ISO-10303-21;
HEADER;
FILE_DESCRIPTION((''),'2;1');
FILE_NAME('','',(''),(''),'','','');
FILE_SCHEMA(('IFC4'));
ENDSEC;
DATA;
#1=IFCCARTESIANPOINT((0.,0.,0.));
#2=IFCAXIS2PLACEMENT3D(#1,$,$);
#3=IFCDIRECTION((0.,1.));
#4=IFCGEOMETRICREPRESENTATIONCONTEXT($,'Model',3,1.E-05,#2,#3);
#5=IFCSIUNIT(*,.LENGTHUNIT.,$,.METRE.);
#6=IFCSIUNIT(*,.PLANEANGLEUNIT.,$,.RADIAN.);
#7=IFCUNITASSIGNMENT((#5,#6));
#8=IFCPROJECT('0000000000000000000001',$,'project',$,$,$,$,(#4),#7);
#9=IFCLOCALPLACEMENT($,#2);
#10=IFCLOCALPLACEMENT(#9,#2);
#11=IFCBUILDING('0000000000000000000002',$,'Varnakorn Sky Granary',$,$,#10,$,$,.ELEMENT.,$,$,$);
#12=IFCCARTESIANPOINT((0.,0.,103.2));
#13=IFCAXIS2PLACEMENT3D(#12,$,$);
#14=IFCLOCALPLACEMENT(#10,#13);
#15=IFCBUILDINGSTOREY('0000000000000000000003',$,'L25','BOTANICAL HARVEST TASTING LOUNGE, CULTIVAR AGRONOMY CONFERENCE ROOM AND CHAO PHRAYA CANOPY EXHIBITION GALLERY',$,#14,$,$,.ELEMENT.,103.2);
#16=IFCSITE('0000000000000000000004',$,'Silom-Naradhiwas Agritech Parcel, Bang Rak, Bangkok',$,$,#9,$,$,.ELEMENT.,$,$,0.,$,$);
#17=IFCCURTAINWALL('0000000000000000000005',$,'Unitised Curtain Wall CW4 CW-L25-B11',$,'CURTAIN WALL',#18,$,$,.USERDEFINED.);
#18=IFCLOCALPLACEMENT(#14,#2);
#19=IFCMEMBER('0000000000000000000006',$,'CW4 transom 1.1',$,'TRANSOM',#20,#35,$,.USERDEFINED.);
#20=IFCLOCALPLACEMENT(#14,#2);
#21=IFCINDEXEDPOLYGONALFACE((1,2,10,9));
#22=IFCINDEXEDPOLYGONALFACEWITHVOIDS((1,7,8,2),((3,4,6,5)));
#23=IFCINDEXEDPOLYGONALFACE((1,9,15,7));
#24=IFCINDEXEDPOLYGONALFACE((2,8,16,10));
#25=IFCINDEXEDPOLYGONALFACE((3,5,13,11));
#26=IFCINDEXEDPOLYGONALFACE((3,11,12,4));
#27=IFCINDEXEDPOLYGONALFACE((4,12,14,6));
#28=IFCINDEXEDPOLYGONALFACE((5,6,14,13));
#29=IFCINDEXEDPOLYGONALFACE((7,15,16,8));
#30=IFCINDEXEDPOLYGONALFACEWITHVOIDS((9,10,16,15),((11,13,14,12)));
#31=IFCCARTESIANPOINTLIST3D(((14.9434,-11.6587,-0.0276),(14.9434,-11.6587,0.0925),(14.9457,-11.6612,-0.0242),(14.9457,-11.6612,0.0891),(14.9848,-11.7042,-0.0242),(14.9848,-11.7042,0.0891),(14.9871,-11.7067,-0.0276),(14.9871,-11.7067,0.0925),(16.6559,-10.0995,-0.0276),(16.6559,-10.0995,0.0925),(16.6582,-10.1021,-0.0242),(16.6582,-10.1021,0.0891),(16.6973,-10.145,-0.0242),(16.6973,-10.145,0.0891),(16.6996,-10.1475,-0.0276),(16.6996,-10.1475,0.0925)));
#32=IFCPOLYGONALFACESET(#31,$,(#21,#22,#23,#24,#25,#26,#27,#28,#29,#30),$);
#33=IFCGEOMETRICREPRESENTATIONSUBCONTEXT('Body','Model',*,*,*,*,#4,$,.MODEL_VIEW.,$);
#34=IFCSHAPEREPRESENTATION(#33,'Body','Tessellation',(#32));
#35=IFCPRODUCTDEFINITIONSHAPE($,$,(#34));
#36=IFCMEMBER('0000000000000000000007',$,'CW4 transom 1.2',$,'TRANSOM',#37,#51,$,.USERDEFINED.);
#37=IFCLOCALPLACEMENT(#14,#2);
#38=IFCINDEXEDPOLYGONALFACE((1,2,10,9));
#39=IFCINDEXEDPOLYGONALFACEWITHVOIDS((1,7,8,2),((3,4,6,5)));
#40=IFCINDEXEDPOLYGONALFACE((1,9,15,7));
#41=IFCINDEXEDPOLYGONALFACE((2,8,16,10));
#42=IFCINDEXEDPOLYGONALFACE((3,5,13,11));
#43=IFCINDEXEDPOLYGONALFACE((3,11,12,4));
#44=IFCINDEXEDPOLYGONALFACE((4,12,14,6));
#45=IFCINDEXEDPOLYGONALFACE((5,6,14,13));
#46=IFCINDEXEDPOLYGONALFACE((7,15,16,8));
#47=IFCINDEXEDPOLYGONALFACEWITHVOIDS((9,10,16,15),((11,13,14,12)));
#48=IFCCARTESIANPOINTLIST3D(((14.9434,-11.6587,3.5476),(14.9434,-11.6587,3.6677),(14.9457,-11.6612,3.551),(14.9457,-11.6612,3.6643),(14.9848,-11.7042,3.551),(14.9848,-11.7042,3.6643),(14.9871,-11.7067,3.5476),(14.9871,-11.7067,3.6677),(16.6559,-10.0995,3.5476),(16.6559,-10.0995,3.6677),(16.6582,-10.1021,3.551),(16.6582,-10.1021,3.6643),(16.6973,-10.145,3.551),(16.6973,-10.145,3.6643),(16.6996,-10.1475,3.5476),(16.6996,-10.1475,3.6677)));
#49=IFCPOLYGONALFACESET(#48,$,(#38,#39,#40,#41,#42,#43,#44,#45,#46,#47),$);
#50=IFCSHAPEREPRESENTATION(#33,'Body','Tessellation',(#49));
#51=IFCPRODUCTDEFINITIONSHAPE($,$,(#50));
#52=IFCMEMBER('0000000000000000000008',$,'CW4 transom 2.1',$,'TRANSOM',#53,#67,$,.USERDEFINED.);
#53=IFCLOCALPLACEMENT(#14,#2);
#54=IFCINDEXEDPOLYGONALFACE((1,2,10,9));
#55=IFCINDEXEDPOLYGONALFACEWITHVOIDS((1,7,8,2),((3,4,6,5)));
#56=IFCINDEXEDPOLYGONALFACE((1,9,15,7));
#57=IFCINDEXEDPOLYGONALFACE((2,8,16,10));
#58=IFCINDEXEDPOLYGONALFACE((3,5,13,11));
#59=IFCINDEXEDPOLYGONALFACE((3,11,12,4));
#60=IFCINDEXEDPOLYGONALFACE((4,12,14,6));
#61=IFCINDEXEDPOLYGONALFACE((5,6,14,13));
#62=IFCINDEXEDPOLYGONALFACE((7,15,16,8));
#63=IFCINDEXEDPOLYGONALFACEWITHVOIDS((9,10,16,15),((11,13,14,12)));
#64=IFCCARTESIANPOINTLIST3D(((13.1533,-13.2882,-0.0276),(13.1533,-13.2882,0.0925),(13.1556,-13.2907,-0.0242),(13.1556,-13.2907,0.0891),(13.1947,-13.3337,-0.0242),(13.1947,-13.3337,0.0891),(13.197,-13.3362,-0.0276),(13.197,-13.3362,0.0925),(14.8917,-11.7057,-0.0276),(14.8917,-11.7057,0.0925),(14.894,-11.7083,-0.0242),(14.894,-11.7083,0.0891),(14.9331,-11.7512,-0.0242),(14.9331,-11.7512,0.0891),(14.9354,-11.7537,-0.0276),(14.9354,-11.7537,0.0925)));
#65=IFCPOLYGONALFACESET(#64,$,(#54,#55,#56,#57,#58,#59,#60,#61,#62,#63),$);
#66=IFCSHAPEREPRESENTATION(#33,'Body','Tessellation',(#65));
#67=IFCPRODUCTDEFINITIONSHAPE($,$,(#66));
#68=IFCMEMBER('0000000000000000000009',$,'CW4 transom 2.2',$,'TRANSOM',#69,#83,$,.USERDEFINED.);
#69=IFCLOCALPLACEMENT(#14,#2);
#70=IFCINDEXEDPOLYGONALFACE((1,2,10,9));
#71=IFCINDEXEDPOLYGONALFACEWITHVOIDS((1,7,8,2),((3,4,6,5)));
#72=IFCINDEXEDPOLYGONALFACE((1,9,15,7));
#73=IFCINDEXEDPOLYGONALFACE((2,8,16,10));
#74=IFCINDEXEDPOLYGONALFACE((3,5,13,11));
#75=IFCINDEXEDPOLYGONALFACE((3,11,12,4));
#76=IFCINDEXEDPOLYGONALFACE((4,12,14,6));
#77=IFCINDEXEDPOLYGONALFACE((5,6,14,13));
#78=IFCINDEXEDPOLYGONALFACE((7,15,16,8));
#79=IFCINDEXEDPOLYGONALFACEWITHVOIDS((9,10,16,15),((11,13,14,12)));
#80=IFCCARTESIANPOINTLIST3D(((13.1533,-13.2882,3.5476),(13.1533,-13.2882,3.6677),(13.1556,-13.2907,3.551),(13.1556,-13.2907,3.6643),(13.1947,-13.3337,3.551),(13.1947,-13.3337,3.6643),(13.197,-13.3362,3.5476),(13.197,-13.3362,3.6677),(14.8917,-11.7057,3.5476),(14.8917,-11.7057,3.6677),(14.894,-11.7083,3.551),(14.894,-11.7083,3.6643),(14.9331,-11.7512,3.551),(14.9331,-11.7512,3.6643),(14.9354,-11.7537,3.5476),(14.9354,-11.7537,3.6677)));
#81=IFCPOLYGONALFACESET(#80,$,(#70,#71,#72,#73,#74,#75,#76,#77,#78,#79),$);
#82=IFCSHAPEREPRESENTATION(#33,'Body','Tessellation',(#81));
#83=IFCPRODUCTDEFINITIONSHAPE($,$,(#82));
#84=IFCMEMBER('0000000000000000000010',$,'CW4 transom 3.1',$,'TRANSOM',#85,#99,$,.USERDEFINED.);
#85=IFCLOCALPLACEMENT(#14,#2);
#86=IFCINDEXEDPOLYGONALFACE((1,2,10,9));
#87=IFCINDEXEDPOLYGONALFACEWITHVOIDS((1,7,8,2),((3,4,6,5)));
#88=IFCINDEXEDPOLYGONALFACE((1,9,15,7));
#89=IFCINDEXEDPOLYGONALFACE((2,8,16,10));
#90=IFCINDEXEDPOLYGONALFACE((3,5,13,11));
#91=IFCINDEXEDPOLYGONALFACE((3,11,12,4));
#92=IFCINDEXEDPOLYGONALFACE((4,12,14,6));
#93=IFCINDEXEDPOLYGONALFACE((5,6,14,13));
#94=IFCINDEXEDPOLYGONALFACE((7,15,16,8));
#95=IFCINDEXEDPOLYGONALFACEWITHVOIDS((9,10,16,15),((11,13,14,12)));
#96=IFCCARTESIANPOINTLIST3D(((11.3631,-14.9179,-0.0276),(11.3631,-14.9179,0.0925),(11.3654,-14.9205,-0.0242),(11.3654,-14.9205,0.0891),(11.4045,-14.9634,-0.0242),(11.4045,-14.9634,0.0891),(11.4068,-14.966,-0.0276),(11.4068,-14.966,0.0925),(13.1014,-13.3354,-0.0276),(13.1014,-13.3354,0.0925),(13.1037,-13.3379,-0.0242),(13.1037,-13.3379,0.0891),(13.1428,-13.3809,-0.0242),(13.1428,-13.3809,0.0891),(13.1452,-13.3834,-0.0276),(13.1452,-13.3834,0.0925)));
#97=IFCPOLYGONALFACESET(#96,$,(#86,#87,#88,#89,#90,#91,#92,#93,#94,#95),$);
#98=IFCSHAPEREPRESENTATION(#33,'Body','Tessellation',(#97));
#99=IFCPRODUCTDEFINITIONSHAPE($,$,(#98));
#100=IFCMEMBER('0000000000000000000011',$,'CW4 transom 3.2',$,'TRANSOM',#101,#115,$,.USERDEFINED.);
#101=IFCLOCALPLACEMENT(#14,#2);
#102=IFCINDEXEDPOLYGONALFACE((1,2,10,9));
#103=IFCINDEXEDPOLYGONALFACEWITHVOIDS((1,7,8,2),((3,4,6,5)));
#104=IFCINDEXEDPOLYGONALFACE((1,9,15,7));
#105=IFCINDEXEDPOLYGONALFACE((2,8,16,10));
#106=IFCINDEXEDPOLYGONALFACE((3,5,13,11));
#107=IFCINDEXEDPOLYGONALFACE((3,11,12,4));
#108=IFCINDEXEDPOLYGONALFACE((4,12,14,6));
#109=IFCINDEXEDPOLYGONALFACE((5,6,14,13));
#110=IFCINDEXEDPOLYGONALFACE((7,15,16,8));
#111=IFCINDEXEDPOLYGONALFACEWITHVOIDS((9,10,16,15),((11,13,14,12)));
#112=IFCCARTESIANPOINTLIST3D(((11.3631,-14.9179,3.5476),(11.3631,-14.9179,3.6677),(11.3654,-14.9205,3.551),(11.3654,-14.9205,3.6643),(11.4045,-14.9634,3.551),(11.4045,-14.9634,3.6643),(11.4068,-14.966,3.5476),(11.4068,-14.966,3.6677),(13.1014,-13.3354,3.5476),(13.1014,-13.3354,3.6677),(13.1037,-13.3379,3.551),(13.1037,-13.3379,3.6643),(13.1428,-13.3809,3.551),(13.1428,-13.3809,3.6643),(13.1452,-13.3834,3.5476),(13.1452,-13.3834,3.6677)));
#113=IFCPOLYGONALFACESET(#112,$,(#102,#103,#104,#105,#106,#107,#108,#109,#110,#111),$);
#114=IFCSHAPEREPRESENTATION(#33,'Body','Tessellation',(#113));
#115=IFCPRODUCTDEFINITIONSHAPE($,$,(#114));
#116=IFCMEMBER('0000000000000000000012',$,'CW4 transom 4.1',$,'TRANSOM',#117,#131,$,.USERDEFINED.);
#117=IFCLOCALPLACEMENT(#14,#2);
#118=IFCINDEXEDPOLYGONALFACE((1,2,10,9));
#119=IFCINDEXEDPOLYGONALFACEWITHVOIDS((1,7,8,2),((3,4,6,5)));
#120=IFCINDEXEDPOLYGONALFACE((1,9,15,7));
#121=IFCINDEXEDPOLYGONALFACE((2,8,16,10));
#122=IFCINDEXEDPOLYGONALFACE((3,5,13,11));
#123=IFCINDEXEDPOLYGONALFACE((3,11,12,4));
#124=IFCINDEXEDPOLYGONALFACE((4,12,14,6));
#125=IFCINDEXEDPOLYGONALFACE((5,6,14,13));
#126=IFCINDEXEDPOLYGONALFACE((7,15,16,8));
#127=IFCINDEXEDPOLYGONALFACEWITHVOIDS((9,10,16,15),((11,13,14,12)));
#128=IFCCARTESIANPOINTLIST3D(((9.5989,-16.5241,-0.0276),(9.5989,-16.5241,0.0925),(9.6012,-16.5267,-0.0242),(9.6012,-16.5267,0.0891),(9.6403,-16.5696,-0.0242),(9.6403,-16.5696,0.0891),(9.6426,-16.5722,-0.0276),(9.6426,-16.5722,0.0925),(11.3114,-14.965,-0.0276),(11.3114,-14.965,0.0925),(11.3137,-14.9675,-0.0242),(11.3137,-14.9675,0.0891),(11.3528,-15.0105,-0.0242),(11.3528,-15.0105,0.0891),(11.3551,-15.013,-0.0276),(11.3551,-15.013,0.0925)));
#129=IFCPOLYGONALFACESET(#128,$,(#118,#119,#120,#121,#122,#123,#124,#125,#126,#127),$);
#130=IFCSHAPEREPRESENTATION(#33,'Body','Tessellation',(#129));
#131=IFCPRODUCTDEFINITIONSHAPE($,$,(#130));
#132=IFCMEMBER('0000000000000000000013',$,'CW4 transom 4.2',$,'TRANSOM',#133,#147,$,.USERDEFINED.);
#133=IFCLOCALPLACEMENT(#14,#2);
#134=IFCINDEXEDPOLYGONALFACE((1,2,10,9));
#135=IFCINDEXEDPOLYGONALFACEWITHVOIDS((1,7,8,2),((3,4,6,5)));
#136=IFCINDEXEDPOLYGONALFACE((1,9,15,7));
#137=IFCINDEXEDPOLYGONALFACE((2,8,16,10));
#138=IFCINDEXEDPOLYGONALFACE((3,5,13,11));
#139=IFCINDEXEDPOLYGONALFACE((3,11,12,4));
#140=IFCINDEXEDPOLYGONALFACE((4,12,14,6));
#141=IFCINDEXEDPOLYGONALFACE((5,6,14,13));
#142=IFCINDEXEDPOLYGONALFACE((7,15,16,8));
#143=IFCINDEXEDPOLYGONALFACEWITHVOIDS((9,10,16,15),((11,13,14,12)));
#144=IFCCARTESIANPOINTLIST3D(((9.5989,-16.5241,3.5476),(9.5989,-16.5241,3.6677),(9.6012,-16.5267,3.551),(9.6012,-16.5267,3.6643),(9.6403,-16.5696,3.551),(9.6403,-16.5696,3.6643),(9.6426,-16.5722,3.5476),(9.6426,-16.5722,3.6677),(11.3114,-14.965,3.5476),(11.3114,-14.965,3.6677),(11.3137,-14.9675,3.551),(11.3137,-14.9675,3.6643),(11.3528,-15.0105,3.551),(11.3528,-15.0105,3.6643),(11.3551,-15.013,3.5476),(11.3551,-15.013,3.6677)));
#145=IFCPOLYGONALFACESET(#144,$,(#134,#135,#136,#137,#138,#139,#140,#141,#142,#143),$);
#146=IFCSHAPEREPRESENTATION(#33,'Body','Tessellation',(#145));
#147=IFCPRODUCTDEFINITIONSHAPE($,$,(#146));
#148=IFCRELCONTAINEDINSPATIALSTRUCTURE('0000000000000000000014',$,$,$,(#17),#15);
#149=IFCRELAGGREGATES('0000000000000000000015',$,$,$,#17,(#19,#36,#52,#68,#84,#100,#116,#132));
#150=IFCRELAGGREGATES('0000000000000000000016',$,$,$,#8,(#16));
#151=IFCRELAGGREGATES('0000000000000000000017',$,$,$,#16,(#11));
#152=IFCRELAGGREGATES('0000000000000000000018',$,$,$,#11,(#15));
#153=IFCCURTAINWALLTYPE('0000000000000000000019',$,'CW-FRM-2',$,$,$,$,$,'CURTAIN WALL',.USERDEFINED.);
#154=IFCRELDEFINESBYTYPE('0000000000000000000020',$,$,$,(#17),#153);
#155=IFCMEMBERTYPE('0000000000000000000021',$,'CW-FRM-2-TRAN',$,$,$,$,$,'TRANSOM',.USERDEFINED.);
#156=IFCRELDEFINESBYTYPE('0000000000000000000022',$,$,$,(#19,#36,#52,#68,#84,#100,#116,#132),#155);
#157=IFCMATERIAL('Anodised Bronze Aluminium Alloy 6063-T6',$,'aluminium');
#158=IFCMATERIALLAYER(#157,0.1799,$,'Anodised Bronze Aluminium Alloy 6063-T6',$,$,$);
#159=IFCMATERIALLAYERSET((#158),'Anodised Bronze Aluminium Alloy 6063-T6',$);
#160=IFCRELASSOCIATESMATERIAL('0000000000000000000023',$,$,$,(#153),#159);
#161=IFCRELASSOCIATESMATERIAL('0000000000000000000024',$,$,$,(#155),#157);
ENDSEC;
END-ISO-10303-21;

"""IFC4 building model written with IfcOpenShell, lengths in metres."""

from ifc_helpers import new_model, si_unit, direction, frame, origin, origin_2d, place, context, subcontext, project, spatial, hollow_rectangle, extrude, material, layer, layer_set, material_profile, profile_set, type_object, element, aggregate, save


model = new_model("IFC4")

# Units and contexts
model_context = context("Model", 3, precision=1e-05, world=origin(), true_north=direction((0.0, 1.0)))
body_context = subcontext(model_context, "Body", "Model", "MODEL_VIEW")
ifc_project = project(units=[si_unit("LENGTHUNIT", "METRE"), si_unit("PLANEANGLEUNIT", "RADIAN")], contexts=[model_context])

# Site, building, storey
site_placement = place(None, origin())
site = spatial("IfcSite", under=ifc_project, at=site_placement, Name="Silom-Naradhiwas Agritech Parcel, Bang Rak, Bangkok", CompositionType="ELEMENT", RefElevation=0.0)
building_placement = place(site_placement, origin())
building = spatial("IfcBuilding", under=site, at=building_placement, Name="Varnakorn Sky Granary", CompositionType="ELEMENT")
storey_placement = place(building_placement, frame((0.0, 0.0, 103.2)))
storey = spatial("IfcBuildingStorey", under=building, at=storey_placement, Name="L25", Description="BOTANICAL HARVEST TASTING LOUNGE, CULTIVAR AGRONOMY CONFERENCE ROOM AND CHAO PHRAYA CANOPY EXHIBITION GALLERY", CompositionType="ELEMENT", Elevation=103.2)

# Curtain wall
ifc_material_1 = material(Name="Anodised Bronze Aluminium Alloy 6063-T6", Category="aluminium")
ifc_layer_1 = layer(ifc_material_1, 0.1799, Name="Anodised Bronze Aluminium Alloy 6063-T6")
ifc_layer_set_1 = layer_set([ifc_layer_1], Name="Anodised Bronze Aluminium Alloy 6063-T6")
curtain_wall_type = type_object("IfcCurtainWallType", Name="CW-FRM-2", ElementType="CURTAIN WALL", PredefinedType="USERDEFINED", material=ifc_layer_set_1)
curtain_wall_1_placement = place(storey_placement, origin())
curtain_wall_1 = element("IfcCurtainWall", 1, at=curtain_wall_1_placement, inside=storey, type_object=curtain_wall_type, Name="Unitised Curtain Wall CW4 CW-L25-B11", ObjectType="CURTAIN WALL", PredefinedType="USERDEFINED")

# Members
ifc_material_profile_1 = material_profile(ifc_material_1, hollow_rectangle(XDim=0.0649, YDim=0.1201, WallThickness=0.0034, at=origin_2d()), Name="ALU TRAN 65x120")
ifc_profile_set_1 = profile_set([ifc_material_profile_1], Name="Anodised Bronze Aluminium Alloy 6063-T6")
member_type_1 = type_object("IfcMemberType", Name="CW-FRM-2-TRAN", ElementType="TRANSOM", PredefinedType="USERDEFINED", material=ifc_profile_set_1)
member_1_placement = place(storey_placement, frame((16.6777, -10.1235, 0.0325), z_axis=(-0.739434, -0.673229, 0.0), x_axis=(0.673229, -0.739434, 0.0)))
member_1 = element("IfcMember", 2, at=member_1_placement, type_object=member_type_1, Name="CW4 transom 1.1", ObjectType="TRANSOM", PredefinedType="USERDEFINED", context=body_context, shape_type="SweptSolid", body=[
    extrude(hollow_rectangle(XDim=0.0649, YDim=0.1201, WallThickness=0.0034, at=origin_2d()), origin(), (0.0, 0.0, 1.0), 2.3159),
])
member_2_placement = place(storey_placement, frame((16.6777, -10.1235, 3.6077), z_axis=(-0.739434, -0.673229, 0.0), x_axis=(0.673229, -0.739434, 0.0)))
member_2 = element("IfcMember", 3, at=member_2_placement, type_object=member_type_1, Name="CW4 transom 1.2", ObjectType="TRANSOM", PredefinedType="USERDEFINED", context=body_context, shape_type="SweptSolid", body=[
    extrude(hollow_rectangle(XDim=0.0649, YDim=0.1201, WallThickness=0.0034, at=origin_2d()), origin(), (0.0, 0.0, 1.0), 2.3159),
])
member_3_placement = place(storey_placement, frame((14.9136, -11.7297, 0.0325), z_axis=(-0.739508, -0.673148, 0.0), x_axis=(0.673148, -0.739508, 0.0)))
member_3 = element("IfcMember", 4, at=member_3_placement, type_object=member_type_1, Name="CW4 transom 2.1", ObjectType="TRANSOM", PredefinedType="USERDEFINED", context=body_context, shape_type="SweptSolid", body=[
    extrude(hollow_rectangle(XDim=0.0649, YDim=0.1201, WallThickness=0.0034, at=origin_2d()), origin(), (0.0, 0.0, 1.0), 2.3508),
])
member_4_placement = place(storey_placement, frame((14.9136, -11.7297, 3.6077), z_axis=(-0.739508, -0.673148, 0.0), x_axis=(0.673148, -0.739508, 0.0)))
member_4 = element("IfcMember", 5, at=member_4_placement, type_object=member_type_1, Name="CW4 transom 2.2", ObjectType="TRANSOM", PredefinedType="USERDEFINED", context=body_context, shape_type="SweptSolid", body=[
    extrude(hollow_rectangle(XDim=0.0649, YDim=0.1201, WallThickness=0.0034, at=origin_2d()), origin(), (0.0, 0.0, 1.0), 2.3508),
])
member_5_placement = place(storey_placement, frame((13.1233, -13.3594, 0.0325), z_axis=(-0.739461, -0.6732, 0.0), x_axis=(0.6732, -0.739461, 0.0)))
member_5 = element("IfcMember", 6, at=member_5_placement, type_object=member_type_1, Name="CW4 transom 3.1", ObjectType="TRANSOM", PredefinedType="USERDEFINED", context=body_context, shape_type="SweptSolid", body=[
    extrude(hollow_rectangle(XDim=0.0649, YDim=0.1201, WallThickness=0.0034, at=origin_2d()), origin(), (0.0, 0.0, 1.0), 2.3508),
])
member_6_placement = place(storey_placement, frame((13.1233, -13.3594, 3.6077), z_axis=(-0.739461, -0.6732, 0.0), x_axis=(0.6732, -0.739461, 0.0)))
member_6 = element("IfcMember", 7, at=member_6_placement, type_object=member_type_1, Name="CW4 transom 3.2", ObjectType="TRANSOM", PredefinedType="USERDEFINED", context=body_context, shape_type="SweptSolid", body=[
    extrude(hollow_rectangle(XDim=0.0649, YDim=0.1201, WallThickness=0.0034, at=origin_2d()), origin(), (0.0, 0.0, 1.0), 2.3508),
])
member_7_placement = place(storey_placement, frame((11.3333, -14.989, 0.0325), z_axis=(-0.739434, -0.673229, 0.0), x_axis=(0.673229, -0.739434, 0.0)))
member_7 = element("IfcMember", 8, at=member_7_placement, type_object=member_type_1, Name="CW4 transom 4.1", ObjectType="TRANSOM", PredefinedType="USERDEFINED", context=body_context, shape_type="SweptSolid", body=[
    extrude(hollow_rectangle(XDim=0.0649, YDim=0.1201, WallThickness=0.0034, at=origin_2d()), origin(), (0.0, 0.0, 1.0), 2.3159),
])
member_8_placement = place(storey_placement, frame((11.3333, -14.989, 3.6077), z_axis=(-0.739434, -0.673229, 0.0), x_axis=(0.673229, -0.739434, 0.0)))
member_8 = element("IfcMember", 9, at=member_8_placement, type_object=member_type_1, Name="CW4 transom 4.2", ObjectType="TRANSOM", PredefinedType="USERDEFINED", context=body_context, shape_type="SweptSolid", body=[
    extrude(hollow_rectangle(XDim=0.0649, YDim=0.1201, WallThickness=0.0034, at=origin_2d()), origin(), (0.0, 0.0, 1.0), 2.3159),
])

aggregate(curtain_wall_1, [member_1, member_2, member_3, member_4, member_5, member_6, member_7, member_8])

save(model, "model.ifc")
